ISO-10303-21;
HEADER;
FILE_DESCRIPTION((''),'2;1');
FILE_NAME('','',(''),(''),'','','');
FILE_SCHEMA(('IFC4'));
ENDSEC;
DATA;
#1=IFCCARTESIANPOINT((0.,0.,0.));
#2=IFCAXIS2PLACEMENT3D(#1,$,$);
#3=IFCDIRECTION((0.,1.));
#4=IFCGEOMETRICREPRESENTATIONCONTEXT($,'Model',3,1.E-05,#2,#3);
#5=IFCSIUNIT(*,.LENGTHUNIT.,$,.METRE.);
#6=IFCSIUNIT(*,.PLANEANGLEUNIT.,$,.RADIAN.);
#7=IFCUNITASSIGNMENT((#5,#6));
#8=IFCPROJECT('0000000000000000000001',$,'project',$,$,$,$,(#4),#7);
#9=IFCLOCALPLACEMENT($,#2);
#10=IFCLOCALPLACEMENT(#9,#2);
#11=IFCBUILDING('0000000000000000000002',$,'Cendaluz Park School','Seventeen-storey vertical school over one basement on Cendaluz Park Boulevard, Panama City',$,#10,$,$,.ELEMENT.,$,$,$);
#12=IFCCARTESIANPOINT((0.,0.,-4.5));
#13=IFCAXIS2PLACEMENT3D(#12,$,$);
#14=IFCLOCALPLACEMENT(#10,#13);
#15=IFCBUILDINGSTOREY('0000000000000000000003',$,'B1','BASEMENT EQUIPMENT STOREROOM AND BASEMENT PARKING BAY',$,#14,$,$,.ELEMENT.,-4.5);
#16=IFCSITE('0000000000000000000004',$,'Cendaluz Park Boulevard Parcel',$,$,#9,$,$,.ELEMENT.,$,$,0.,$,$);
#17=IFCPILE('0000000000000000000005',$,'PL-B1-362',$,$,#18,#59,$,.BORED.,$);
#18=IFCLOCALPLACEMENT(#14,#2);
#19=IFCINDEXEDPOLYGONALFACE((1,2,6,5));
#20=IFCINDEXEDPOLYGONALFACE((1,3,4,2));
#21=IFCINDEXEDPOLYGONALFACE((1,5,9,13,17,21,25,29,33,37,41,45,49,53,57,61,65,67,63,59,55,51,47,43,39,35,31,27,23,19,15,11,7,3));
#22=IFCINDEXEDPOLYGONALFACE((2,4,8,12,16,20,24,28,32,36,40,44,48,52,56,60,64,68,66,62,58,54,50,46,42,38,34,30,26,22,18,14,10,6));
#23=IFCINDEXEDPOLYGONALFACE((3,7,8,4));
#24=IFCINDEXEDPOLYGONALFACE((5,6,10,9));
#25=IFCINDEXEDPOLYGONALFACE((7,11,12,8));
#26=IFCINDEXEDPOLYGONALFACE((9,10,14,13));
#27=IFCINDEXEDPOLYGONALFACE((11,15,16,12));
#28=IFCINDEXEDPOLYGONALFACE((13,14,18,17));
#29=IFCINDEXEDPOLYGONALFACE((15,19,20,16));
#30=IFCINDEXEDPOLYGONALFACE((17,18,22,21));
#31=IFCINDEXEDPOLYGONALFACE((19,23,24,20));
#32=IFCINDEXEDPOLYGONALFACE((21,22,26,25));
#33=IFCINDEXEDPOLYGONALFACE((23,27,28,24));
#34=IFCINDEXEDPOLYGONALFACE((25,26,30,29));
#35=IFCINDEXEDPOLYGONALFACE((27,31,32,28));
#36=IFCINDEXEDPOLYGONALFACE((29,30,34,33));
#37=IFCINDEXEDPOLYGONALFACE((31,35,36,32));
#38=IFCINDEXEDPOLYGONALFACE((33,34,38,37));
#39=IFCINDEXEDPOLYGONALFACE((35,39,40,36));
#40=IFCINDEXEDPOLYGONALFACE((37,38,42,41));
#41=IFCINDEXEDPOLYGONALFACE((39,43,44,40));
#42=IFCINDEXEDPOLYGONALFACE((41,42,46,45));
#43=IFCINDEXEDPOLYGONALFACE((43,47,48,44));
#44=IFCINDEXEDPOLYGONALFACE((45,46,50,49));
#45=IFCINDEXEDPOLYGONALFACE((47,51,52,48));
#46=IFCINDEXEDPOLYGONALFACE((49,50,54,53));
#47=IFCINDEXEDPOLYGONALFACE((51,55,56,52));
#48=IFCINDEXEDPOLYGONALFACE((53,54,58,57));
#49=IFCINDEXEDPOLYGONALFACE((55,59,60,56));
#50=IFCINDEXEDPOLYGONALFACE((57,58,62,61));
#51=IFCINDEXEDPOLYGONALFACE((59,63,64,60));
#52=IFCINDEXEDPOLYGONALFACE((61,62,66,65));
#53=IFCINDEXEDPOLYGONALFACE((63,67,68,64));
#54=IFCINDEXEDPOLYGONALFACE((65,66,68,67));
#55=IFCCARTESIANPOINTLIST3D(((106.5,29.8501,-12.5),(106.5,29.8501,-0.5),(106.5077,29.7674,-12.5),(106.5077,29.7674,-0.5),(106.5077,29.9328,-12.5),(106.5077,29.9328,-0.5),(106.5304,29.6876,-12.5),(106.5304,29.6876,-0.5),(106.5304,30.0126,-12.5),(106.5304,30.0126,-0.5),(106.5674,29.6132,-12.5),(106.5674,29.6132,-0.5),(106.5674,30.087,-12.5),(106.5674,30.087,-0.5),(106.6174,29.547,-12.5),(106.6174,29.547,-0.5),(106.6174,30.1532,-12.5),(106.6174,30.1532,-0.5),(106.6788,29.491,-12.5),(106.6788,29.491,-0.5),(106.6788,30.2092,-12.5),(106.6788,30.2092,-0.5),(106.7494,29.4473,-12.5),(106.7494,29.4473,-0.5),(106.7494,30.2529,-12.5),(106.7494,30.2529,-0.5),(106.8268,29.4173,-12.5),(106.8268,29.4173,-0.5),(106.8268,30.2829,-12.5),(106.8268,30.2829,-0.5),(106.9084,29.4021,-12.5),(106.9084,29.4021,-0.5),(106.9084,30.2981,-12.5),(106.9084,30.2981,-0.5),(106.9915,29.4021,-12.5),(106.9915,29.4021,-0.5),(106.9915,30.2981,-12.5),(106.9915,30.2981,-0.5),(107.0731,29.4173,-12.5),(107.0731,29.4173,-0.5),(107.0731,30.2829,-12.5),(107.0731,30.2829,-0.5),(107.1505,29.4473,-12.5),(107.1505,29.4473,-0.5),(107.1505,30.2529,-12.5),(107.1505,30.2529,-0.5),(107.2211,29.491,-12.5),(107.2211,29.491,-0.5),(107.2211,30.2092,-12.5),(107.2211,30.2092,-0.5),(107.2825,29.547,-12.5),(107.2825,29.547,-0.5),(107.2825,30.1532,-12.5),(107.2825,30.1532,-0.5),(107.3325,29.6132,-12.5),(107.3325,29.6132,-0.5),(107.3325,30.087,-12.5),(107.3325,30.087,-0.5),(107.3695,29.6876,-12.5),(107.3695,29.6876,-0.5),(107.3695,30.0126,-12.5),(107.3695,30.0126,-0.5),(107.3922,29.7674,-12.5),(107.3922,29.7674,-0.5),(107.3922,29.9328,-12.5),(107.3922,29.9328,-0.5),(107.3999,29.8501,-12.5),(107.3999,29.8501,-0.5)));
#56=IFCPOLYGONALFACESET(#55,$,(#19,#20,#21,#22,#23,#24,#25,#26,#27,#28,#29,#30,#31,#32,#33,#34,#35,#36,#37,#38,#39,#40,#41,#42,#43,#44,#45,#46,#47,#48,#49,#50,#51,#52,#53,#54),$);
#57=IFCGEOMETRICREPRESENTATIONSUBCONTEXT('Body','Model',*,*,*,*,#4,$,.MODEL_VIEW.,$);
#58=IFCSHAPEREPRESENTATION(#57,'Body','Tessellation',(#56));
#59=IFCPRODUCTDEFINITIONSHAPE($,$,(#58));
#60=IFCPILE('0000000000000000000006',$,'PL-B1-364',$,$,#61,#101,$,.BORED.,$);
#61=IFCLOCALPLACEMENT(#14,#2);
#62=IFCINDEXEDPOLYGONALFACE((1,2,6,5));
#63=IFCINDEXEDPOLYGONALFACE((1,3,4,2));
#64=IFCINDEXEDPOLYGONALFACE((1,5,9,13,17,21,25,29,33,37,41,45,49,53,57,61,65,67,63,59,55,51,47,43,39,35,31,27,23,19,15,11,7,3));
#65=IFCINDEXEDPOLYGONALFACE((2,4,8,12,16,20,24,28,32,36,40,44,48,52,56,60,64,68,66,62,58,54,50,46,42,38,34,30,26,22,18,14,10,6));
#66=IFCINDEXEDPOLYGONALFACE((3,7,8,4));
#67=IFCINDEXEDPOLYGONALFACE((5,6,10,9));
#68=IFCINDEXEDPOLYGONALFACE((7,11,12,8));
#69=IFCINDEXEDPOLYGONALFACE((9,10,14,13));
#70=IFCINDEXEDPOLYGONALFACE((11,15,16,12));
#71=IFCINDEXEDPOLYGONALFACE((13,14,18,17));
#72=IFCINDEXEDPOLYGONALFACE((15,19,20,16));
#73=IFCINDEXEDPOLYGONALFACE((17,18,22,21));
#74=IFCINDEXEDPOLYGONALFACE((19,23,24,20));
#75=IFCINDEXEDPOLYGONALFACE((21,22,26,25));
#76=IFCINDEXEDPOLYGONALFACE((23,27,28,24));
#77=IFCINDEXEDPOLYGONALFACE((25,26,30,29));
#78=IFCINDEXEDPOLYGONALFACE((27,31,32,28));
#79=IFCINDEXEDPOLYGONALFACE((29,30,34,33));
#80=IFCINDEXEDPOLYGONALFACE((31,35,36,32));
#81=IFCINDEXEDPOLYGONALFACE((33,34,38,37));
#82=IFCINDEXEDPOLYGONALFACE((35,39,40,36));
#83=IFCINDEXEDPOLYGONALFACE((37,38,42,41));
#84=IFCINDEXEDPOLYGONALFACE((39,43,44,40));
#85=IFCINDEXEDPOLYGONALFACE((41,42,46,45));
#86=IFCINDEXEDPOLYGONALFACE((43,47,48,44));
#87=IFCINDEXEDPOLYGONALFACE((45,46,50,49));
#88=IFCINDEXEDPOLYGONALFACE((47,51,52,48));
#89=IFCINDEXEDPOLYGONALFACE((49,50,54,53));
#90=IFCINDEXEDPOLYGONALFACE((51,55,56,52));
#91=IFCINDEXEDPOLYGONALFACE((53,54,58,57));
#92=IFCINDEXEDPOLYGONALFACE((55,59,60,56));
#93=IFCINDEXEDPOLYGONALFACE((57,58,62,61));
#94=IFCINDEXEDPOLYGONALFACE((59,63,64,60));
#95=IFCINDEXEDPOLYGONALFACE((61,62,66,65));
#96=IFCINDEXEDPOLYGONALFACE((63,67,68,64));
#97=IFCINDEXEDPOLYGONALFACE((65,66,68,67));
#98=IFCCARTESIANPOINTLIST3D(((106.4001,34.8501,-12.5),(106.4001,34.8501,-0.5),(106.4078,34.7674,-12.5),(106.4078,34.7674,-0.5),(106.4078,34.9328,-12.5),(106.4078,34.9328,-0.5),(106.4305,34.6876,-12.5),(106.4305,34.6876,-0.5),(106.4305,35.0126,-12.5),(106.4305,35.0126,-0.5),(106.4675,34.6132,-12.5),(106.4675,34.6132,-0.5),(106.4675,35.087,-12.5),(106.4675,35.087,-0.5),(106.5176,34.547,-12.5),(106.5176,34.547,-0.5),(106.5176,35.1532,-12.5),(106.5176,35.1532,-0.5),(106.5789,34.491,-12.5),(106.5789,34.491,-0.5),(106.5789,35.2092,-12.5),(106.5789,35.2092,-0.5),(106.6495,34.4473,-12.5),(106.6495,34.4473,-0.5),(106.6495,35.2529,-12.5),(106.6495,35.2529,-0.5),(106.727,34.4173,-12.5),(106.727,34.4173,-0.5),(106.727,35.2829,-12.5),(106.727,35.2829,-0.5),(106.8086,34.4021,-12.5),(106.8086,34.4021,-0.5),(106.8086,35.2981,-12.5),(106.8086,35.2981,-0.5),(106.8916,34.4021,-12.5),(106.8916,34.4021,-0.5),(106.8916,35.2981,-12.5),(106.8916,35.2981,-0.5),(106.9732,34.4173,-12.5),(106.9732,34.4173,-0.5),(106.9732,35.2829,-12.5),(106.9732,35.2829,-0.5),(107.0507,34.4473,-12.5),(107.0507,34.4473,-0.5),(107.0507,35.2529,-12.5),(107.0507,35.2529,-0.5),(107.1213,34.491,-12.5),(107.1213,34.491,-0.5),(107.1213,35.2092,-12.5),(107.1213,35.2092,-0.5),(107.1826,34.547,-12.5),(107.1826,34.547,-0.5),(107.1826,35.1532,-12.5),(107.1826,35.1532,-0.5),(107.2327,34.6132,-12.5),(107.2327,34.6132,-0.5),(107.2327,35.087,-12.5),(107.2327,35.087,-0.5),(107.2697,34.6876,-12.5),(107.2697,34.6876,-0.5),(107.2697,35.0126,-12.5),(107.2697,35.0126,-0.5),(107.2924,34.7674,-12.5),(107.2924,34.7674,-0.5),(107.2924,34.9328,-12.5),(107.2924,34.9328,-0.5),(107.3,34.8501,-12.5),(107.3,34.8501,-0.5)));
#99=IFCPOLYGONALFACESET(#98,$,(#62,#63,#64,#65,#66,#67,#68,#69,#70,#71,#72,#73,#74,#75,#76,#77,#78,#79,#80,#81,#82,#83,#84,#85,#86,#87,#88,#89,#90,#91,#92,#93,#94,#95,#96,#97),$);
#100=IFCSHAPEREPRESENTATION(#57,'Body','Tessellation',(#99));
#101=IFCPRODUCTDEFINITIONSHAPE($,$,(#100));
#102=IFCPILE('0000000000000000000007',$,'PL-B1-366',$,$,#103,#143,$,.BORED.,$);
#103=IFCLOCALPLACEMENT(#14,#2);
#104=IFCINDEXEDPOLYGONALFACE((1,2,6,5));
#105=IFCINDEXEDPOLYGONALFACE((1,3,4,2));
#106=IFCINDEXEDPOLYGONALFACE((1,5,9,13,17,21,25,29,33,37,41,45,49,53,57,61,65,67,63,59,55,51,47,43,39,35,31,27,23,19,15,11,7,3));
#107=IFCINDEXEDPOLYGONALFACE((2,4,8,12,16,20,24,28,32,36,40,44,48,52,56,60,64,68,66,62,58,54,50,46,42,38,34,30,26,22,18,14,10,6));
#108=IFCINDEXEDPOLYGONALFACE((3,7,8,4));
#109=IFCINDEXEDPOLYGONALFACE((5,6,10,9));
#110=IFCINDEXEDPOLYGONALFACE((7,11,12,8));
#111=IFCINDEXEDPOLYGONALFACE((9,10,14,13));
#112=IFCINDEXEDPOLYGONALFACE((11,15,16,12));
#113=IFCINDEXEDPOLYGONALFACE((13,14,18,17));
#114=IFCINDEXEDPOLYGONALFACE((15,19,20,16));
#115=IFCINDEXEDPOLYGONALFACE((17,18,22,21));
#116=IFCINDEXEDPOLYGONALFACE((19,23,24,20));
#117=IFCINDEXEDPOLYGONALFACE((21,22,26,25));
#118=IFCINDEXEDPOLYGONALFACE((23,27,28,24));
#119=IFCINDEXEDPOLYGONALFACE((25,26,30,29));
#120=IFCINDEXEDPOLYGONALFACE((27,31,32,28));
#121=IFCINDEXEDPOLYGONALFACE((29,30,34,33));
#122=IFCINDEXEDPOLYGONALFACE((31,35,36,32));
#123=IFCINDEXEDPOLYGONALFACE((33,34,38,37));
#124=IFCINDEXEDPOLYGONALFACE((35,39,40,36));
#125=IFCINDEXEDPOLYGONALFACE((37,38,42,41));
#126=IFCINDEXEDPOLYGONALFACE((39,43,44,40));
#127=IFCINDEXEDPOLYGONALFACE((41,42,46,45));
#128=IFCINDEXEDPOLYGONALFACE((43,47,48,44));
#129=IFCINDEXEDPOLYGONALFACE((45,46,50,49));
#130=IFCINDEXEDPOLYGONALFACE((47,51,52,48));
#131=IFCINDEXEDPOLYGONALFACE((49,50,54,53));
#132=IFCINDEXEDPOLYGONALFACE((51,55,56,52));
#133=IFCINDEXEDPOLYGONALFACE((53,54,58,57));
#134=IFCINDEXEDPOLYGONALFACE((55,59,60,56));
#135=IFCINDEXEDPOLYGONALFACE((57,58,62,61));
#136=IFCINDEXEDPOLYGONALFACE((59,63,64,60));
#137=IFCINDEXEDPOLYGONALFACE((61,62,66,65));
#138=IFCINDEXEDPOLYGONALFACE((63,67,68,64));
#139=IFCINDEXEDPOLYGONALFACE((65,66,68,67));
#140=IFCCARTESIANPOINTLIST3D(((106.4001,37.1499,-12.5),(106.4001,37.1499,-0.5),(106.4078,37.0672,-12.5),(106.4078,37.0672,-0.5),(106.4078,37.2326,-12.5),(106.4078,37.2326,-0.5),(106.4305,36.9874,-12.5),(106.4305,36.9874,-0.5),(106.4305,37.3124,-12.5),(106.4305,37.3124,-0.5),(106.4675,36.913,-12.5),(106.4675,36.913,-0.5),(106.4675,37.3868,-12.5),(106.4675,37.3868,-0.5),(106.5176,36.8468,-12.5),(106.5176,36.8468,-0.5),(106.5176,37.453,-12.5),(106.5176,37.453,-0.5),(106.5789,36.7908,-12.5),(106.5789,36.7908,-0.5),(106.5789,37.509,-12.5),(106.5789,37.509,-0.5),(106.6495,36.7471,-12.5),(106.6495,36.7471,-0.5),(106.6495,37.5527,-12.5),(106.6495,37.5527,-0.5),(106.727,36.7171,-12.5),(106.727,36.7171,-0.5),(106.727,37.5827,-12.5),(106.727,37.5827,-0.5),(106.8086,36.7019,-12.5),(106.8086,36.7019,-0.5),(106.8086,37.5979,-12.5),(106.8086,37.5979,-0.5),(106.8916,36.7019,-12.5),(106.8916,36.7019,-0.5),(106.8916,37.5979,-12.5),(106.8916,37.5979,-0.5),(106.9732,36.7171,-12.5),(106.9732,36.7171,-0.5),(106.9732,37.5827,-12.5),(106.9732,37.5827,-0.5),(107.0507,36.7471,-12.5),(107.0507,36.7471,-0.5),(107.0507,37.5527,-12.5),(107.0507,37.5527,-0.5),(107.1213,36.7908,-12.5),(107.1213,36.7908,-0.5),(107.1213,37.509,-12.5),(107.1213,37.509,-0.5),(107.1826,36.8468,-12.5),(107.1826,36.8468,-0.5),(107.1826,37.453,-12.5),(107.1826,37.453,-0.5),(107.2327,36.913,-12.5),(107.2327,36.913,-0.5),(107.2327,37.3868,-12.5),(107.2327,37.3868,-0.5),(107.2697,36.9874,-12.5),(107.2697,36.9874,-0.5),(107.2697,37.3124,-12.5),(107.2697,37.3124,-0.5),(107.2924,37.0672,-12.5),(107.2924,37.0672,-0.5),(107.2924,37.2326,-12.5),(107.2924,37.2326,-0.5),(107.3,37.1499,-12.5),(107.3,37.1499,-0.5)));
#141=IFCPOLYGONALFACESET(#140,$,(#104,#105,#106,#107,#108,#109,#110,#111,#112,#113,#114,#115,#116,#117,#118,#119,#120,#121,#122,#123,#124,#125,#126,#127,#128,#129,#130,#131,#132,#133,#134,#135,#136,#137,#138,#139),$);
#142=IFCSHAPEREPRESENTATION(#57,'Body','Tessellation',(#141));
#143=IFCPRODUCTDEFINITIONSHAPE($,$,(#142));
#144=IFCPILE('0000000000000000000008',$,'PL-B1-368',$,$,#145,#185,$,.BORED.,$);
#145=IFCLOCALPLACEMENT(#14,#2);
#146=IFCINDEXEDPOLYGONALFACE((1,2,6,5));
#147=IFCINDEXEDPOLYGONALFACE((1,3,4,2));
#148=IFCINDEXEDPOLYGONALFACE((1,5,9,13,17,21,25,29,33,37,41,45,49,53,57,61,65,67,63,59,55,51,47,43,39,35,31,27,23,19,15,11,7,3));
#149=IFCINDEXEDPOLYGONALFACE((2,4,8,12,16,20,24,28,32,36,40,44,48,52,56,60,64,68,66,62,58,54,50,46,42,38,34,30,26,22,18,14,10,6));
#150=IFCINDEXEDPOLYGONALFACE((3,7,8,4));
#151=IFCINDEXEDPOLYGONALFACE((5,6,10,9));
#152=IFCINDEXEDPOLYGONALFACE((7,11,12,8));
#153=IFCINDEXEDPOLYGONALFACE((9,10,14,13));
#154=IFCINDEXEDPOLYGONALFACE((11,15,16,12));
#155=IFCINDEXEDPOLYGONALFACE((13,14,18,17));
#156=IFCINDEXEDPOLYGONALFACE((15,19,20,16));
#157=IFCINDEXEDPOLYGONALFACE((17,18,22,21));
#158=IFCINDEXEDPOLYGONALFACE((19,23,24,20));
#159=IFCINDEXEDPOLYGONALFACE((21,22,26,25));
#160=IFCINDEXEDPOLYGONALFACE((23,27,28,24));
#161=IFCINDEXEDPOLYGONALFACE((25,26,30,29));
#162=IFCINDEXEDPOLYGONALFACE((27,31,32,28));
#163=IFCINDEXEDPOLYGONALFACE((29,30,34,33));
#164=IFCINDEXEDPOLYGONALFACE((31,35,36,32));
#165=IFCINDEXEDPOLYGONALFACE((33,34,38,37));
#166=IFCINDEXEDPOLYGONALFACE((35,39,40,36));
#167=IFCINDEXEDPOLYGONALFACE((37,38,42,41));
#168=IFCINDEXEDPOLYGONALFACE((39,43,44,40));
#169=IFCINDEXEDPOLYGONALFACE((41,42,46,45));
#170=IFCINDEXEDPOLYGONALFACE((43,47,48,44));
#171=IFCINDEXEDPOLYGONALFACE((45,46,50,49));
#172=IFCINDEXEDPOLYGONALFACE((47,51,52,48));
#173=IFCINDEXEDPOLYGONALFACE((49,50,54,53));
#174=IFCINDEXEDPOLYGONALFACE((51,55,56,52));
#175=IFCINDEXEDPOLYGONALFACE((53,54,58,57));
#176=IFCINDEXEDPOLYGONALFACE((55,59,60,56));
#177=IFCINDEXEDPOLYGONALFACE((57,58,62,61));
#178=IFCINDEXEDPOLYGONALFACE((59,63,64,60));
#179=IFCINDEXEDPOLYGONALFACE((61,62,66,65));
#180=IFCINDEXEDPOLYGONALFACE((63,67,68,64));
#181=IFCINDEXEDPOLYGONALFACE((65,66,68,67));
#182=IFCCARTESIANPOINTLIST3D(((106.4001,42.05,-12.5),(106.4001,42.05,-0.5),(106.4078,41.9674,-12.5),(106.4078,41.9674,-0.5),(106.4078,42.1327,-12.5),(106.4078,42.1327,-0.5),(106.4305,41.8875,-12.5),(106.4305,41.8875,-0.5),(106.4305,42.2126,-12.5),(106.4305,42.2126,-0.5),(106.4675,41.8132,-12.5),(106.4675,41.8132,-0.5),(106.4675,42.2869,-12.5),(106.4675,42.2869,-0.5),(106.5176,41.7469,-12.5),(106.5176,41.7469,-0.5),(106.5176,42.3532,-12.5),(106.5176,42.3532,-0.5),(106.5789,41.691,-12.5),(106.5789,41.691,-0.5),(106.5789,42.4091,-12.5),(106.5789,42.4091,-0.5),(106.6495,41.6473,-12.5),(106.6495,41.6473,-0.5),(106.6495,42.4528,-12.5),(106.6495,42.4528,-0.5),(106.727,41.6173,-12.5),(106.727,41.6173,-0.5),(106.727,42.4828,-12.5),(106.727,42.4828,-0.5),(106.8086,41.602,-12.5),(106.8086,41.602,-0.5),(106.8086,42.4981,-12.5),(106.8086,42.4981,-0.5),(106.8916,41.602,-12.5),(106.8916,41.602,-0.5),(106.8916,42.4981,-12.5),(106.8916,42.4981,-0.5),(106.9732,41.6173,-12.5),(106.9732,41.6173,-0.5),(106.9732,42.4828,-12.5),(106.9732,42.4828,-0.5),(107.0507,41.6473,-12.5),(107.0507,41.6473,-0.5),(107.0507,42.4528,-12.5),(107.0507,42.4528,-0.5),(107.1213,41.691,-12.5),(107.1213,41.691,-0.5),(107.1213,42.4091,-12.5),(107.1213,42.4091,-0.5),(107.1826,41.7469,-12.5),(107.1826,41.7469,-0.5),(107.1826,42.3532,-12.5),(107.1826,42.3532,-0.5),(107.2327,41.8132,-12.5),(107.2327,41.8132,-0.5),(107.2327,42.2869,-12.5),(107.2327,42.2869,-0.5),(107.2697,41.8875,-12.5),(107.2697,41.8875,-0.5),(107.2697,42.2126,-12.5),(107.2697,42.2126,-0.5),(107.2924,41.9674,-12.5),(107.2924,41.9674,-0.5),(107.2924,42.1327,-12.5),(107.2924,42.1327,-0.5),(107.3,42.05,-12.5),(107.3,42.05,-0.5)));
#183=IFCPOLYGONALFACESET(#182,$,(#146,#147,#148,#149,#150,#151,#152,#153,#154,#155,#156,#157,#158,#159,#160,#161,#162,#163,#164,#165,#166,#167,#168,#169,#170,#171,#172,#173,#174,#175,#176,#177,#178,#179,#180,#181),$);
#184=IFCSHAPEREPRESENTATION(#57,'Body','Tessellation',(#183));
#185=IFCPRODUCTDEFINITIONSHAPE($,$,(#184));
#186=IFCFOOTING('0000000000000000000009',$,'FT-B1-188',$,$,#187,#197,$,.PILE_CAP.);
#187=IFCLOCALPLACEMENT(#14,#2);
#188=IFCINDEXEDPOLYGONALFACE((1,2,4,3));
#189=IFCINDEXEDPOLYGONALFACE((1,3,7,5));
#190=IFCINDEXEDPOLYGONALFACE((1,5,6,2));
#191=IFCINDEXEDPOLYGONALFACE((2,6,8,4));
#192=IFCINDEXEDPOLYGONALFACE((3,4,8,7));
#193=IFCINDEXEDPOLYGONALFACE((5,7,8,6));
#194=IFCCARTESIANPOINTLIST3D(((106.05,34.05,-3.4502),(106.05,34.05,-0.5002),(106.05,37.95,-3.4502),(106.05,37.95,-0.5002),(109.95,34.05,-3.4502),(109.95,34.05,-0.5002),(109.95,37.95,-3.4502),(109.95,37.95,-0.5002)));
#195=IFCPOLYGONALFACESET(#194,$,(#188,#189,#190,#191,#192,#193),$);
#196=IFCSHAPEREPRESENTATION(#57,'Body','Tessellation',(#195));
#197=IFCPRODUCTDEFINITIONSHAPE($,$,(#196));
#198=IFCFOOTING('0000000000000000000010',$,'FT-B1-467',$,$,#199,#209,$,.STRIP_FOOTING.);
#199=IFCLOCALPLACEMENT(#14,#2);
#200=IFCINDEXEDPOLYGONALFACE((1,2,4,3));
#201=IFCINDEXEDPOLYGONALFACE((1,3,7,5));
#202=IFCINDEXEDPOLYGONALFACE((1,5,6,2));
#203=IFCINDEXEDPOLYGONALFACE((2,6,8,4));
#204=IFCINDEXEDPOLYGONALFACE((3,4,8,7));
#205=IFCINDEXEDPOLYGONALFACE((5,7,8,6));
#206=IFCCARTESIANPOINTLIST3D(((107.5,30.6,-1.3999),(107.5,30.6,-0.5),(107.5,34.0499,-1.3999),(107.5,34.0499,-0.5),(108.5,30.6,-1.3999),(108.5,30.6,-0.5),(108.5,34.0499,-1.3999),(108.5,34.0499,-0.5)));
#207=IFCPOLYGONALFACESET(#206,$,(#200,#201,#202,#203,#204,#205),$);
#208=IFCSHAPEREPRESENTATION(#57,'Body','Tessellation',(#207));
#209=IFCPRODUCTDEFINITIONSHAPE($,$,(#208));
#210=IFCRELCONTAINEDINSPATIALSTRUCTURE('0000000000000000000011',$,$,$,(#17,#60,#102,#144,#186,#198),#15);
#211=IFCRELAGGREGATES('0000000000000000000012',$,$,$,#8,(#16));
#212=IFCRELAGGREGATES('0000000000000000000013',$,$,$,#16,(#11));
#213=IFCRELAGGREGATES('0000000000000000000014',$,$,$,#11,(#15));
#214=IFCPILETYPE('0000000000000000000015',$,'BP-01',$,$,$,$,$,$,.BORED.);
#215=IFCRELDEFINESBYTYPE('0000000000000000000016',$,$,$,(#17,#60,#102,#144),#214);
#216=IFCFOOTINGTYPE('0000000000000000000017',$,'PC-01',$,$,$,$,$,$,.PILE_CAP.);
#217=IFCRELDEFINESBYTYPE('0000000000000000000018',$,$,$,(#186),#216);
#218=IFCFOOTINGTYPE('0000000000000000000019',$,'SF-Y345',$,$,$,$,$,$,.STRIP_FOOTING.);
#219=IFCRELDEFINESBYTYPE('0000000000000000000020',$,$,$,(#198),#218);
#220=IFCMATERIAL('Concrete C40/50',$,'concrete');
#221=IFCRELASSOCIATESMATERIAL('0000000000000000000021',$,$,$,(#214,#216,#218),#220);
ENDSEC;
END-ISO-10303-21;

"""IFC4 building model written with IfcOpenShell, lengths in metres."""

from ifc_helpers import new_model, si_unit, direction, frame, origin, origin_2d, place, context, subcontext, project, spatial, rectangle, circle, extrude, material, material_profile, profile_set, type_object, element, save


model = new_model("IFC4")

# Units and contexts
model_context = context("Model", 3, precision=1e-05, world=origin(), true_north=direction((0.0, 1.0)))
body_context = subcontext(model_context, "Body", "Model", "MODEL_VIEW")
ifc_project = project(units=[si_unit("LENGTHUNIT", "METRE"), si_unit("PLANEANGLEUNIT", "RADIAN")], contexts=[model_context])

# Site, building, storey
site_placement = place(None, origin())
site = spatial("IfcSite", under=ifc_project, at=site_placement, Name="Cendaluz Park Boulevard Parcel", CompositionType="ELEMENT", RefElevation=0.0)
building_placement = place(site_placement, origin())
building = spatial("IfcBuilding", under=site, at=building_placement, Name="Cendaluz Park School", Description="Seventeen-storey vertical school over one basement on Cendaluz Park Boulevard, Panama City", CompositionType="ELEMENT")
storey_placement = place(building_placement, frame((0.0, 0.0, -4.5)))
storey = spatial("IfcBuildingStorey", under=building, at=storey_placement, Name="B1", Description="BASEMENT EQUIPMENT STOREROOM AND BASEMENT PARKING BAY", CompositionType="ELEMENT", Elevation=-4.5)

# Piles
ifc_material_1 = material(Name="Concrete C40/50", Category="concrete")
ifc_material_profile_1 = material_profile(ifc_material_1, circle(Radius=0.45, at=origin_2d()), Name="BP D900", Category="concrete")
ifc_profile_set_1 = profile_set([ifc_material_profile_1], Name="Concrete C40/50")
pile_type = type_object("IfcPileType", Name="BP-01", PredefinedType="BORED", material=ifc_profile_set_1)
for number, where, z_axis, x_axis, name in (
    (1, (106.95, 29.8501, -0.5), (0.0, 0.0, -1.0), (1.0, 0.0, 0.0), "PL-B1-362"),
    (2, (106.8501, 34.8501, -0.5), (0.0, 0.0, -1.0), (1.0, 0.0, 0.0), "PL-B1-364"),
    (3, (106.8501, 37.1499, -0.5), (0.0, 0.0, -1.0), (1.0, 0.0, 0.0), "PL-B1-366"),
    (4, (106.8501, 42.05, -0.5), (0.0, 0.0, -1.0), (1.0, 0.0, 0.0), "PL-B1-368"),
):
    element("IfcPile", number, at=place(storey_placement, frame(where, z_axis=z_axis, x_axis=x_axis)), inside=storey, type_object=pile_type, Name=name, PredefinedType="BORED", context=body_context, shape_type="SweptSolid", body=[
        extrude(circle(Radius=0.45, at=origin_2d()), origin(), (0.0, 0.0, 1.0), 12.0),
    ])

# Footings
footing_type_1 = type_object("IfcFootingType", Name="PC-01", PredefinedType="PILE_CAP", material=ifc_material_1)
footing_1_placement = place(storey_placement, frame((108.0, 36.0, -3.4502), z_axis=(0.0, 0.0, 1.0), x_axis=(1.0, 0.0, 0.0)))
element("IfcFooting", 5, at=footing_1_placement, inside=storey, type_object=footing_type_1, Name="FT-B1-188", PredefinedType="PILE_CAP", context=body_context, shape_type="SweptSolid", body=[
    extrude(rectangle(XDim=3.8999, YDim=3.8999, at=origin_2d()), origin(), (0.0, 0.0, 1.0), 2.95),
])
footing_type_2 = type_object("IfcFootingType", Name="SF-Y345", PredefinedType="STRIP_FOOTING", material=ifc_material_1)
footing_2_placement = place(storey_placement, frame((108.0, 32.325, -1.3999), z_axis=(0.0, 0.0, 1.0), x_axis=(1.0, 0.0, 0.0)))
element("IfcFooting", 6, at=footing_2_placement, inside=storey, type_object=footing_type_2, Name="FT-B1-467", PredefinedType="STRIP_FOOTING", context=body_context, shape_type="SweptSolid", body=[
    extrude(rectangle(XDim=1.0, YDim=3.45, at=origin_2d()), origin(), (0.0, 0.0, 1.0), 0.8999),
])

save(model, "model.ifc")
